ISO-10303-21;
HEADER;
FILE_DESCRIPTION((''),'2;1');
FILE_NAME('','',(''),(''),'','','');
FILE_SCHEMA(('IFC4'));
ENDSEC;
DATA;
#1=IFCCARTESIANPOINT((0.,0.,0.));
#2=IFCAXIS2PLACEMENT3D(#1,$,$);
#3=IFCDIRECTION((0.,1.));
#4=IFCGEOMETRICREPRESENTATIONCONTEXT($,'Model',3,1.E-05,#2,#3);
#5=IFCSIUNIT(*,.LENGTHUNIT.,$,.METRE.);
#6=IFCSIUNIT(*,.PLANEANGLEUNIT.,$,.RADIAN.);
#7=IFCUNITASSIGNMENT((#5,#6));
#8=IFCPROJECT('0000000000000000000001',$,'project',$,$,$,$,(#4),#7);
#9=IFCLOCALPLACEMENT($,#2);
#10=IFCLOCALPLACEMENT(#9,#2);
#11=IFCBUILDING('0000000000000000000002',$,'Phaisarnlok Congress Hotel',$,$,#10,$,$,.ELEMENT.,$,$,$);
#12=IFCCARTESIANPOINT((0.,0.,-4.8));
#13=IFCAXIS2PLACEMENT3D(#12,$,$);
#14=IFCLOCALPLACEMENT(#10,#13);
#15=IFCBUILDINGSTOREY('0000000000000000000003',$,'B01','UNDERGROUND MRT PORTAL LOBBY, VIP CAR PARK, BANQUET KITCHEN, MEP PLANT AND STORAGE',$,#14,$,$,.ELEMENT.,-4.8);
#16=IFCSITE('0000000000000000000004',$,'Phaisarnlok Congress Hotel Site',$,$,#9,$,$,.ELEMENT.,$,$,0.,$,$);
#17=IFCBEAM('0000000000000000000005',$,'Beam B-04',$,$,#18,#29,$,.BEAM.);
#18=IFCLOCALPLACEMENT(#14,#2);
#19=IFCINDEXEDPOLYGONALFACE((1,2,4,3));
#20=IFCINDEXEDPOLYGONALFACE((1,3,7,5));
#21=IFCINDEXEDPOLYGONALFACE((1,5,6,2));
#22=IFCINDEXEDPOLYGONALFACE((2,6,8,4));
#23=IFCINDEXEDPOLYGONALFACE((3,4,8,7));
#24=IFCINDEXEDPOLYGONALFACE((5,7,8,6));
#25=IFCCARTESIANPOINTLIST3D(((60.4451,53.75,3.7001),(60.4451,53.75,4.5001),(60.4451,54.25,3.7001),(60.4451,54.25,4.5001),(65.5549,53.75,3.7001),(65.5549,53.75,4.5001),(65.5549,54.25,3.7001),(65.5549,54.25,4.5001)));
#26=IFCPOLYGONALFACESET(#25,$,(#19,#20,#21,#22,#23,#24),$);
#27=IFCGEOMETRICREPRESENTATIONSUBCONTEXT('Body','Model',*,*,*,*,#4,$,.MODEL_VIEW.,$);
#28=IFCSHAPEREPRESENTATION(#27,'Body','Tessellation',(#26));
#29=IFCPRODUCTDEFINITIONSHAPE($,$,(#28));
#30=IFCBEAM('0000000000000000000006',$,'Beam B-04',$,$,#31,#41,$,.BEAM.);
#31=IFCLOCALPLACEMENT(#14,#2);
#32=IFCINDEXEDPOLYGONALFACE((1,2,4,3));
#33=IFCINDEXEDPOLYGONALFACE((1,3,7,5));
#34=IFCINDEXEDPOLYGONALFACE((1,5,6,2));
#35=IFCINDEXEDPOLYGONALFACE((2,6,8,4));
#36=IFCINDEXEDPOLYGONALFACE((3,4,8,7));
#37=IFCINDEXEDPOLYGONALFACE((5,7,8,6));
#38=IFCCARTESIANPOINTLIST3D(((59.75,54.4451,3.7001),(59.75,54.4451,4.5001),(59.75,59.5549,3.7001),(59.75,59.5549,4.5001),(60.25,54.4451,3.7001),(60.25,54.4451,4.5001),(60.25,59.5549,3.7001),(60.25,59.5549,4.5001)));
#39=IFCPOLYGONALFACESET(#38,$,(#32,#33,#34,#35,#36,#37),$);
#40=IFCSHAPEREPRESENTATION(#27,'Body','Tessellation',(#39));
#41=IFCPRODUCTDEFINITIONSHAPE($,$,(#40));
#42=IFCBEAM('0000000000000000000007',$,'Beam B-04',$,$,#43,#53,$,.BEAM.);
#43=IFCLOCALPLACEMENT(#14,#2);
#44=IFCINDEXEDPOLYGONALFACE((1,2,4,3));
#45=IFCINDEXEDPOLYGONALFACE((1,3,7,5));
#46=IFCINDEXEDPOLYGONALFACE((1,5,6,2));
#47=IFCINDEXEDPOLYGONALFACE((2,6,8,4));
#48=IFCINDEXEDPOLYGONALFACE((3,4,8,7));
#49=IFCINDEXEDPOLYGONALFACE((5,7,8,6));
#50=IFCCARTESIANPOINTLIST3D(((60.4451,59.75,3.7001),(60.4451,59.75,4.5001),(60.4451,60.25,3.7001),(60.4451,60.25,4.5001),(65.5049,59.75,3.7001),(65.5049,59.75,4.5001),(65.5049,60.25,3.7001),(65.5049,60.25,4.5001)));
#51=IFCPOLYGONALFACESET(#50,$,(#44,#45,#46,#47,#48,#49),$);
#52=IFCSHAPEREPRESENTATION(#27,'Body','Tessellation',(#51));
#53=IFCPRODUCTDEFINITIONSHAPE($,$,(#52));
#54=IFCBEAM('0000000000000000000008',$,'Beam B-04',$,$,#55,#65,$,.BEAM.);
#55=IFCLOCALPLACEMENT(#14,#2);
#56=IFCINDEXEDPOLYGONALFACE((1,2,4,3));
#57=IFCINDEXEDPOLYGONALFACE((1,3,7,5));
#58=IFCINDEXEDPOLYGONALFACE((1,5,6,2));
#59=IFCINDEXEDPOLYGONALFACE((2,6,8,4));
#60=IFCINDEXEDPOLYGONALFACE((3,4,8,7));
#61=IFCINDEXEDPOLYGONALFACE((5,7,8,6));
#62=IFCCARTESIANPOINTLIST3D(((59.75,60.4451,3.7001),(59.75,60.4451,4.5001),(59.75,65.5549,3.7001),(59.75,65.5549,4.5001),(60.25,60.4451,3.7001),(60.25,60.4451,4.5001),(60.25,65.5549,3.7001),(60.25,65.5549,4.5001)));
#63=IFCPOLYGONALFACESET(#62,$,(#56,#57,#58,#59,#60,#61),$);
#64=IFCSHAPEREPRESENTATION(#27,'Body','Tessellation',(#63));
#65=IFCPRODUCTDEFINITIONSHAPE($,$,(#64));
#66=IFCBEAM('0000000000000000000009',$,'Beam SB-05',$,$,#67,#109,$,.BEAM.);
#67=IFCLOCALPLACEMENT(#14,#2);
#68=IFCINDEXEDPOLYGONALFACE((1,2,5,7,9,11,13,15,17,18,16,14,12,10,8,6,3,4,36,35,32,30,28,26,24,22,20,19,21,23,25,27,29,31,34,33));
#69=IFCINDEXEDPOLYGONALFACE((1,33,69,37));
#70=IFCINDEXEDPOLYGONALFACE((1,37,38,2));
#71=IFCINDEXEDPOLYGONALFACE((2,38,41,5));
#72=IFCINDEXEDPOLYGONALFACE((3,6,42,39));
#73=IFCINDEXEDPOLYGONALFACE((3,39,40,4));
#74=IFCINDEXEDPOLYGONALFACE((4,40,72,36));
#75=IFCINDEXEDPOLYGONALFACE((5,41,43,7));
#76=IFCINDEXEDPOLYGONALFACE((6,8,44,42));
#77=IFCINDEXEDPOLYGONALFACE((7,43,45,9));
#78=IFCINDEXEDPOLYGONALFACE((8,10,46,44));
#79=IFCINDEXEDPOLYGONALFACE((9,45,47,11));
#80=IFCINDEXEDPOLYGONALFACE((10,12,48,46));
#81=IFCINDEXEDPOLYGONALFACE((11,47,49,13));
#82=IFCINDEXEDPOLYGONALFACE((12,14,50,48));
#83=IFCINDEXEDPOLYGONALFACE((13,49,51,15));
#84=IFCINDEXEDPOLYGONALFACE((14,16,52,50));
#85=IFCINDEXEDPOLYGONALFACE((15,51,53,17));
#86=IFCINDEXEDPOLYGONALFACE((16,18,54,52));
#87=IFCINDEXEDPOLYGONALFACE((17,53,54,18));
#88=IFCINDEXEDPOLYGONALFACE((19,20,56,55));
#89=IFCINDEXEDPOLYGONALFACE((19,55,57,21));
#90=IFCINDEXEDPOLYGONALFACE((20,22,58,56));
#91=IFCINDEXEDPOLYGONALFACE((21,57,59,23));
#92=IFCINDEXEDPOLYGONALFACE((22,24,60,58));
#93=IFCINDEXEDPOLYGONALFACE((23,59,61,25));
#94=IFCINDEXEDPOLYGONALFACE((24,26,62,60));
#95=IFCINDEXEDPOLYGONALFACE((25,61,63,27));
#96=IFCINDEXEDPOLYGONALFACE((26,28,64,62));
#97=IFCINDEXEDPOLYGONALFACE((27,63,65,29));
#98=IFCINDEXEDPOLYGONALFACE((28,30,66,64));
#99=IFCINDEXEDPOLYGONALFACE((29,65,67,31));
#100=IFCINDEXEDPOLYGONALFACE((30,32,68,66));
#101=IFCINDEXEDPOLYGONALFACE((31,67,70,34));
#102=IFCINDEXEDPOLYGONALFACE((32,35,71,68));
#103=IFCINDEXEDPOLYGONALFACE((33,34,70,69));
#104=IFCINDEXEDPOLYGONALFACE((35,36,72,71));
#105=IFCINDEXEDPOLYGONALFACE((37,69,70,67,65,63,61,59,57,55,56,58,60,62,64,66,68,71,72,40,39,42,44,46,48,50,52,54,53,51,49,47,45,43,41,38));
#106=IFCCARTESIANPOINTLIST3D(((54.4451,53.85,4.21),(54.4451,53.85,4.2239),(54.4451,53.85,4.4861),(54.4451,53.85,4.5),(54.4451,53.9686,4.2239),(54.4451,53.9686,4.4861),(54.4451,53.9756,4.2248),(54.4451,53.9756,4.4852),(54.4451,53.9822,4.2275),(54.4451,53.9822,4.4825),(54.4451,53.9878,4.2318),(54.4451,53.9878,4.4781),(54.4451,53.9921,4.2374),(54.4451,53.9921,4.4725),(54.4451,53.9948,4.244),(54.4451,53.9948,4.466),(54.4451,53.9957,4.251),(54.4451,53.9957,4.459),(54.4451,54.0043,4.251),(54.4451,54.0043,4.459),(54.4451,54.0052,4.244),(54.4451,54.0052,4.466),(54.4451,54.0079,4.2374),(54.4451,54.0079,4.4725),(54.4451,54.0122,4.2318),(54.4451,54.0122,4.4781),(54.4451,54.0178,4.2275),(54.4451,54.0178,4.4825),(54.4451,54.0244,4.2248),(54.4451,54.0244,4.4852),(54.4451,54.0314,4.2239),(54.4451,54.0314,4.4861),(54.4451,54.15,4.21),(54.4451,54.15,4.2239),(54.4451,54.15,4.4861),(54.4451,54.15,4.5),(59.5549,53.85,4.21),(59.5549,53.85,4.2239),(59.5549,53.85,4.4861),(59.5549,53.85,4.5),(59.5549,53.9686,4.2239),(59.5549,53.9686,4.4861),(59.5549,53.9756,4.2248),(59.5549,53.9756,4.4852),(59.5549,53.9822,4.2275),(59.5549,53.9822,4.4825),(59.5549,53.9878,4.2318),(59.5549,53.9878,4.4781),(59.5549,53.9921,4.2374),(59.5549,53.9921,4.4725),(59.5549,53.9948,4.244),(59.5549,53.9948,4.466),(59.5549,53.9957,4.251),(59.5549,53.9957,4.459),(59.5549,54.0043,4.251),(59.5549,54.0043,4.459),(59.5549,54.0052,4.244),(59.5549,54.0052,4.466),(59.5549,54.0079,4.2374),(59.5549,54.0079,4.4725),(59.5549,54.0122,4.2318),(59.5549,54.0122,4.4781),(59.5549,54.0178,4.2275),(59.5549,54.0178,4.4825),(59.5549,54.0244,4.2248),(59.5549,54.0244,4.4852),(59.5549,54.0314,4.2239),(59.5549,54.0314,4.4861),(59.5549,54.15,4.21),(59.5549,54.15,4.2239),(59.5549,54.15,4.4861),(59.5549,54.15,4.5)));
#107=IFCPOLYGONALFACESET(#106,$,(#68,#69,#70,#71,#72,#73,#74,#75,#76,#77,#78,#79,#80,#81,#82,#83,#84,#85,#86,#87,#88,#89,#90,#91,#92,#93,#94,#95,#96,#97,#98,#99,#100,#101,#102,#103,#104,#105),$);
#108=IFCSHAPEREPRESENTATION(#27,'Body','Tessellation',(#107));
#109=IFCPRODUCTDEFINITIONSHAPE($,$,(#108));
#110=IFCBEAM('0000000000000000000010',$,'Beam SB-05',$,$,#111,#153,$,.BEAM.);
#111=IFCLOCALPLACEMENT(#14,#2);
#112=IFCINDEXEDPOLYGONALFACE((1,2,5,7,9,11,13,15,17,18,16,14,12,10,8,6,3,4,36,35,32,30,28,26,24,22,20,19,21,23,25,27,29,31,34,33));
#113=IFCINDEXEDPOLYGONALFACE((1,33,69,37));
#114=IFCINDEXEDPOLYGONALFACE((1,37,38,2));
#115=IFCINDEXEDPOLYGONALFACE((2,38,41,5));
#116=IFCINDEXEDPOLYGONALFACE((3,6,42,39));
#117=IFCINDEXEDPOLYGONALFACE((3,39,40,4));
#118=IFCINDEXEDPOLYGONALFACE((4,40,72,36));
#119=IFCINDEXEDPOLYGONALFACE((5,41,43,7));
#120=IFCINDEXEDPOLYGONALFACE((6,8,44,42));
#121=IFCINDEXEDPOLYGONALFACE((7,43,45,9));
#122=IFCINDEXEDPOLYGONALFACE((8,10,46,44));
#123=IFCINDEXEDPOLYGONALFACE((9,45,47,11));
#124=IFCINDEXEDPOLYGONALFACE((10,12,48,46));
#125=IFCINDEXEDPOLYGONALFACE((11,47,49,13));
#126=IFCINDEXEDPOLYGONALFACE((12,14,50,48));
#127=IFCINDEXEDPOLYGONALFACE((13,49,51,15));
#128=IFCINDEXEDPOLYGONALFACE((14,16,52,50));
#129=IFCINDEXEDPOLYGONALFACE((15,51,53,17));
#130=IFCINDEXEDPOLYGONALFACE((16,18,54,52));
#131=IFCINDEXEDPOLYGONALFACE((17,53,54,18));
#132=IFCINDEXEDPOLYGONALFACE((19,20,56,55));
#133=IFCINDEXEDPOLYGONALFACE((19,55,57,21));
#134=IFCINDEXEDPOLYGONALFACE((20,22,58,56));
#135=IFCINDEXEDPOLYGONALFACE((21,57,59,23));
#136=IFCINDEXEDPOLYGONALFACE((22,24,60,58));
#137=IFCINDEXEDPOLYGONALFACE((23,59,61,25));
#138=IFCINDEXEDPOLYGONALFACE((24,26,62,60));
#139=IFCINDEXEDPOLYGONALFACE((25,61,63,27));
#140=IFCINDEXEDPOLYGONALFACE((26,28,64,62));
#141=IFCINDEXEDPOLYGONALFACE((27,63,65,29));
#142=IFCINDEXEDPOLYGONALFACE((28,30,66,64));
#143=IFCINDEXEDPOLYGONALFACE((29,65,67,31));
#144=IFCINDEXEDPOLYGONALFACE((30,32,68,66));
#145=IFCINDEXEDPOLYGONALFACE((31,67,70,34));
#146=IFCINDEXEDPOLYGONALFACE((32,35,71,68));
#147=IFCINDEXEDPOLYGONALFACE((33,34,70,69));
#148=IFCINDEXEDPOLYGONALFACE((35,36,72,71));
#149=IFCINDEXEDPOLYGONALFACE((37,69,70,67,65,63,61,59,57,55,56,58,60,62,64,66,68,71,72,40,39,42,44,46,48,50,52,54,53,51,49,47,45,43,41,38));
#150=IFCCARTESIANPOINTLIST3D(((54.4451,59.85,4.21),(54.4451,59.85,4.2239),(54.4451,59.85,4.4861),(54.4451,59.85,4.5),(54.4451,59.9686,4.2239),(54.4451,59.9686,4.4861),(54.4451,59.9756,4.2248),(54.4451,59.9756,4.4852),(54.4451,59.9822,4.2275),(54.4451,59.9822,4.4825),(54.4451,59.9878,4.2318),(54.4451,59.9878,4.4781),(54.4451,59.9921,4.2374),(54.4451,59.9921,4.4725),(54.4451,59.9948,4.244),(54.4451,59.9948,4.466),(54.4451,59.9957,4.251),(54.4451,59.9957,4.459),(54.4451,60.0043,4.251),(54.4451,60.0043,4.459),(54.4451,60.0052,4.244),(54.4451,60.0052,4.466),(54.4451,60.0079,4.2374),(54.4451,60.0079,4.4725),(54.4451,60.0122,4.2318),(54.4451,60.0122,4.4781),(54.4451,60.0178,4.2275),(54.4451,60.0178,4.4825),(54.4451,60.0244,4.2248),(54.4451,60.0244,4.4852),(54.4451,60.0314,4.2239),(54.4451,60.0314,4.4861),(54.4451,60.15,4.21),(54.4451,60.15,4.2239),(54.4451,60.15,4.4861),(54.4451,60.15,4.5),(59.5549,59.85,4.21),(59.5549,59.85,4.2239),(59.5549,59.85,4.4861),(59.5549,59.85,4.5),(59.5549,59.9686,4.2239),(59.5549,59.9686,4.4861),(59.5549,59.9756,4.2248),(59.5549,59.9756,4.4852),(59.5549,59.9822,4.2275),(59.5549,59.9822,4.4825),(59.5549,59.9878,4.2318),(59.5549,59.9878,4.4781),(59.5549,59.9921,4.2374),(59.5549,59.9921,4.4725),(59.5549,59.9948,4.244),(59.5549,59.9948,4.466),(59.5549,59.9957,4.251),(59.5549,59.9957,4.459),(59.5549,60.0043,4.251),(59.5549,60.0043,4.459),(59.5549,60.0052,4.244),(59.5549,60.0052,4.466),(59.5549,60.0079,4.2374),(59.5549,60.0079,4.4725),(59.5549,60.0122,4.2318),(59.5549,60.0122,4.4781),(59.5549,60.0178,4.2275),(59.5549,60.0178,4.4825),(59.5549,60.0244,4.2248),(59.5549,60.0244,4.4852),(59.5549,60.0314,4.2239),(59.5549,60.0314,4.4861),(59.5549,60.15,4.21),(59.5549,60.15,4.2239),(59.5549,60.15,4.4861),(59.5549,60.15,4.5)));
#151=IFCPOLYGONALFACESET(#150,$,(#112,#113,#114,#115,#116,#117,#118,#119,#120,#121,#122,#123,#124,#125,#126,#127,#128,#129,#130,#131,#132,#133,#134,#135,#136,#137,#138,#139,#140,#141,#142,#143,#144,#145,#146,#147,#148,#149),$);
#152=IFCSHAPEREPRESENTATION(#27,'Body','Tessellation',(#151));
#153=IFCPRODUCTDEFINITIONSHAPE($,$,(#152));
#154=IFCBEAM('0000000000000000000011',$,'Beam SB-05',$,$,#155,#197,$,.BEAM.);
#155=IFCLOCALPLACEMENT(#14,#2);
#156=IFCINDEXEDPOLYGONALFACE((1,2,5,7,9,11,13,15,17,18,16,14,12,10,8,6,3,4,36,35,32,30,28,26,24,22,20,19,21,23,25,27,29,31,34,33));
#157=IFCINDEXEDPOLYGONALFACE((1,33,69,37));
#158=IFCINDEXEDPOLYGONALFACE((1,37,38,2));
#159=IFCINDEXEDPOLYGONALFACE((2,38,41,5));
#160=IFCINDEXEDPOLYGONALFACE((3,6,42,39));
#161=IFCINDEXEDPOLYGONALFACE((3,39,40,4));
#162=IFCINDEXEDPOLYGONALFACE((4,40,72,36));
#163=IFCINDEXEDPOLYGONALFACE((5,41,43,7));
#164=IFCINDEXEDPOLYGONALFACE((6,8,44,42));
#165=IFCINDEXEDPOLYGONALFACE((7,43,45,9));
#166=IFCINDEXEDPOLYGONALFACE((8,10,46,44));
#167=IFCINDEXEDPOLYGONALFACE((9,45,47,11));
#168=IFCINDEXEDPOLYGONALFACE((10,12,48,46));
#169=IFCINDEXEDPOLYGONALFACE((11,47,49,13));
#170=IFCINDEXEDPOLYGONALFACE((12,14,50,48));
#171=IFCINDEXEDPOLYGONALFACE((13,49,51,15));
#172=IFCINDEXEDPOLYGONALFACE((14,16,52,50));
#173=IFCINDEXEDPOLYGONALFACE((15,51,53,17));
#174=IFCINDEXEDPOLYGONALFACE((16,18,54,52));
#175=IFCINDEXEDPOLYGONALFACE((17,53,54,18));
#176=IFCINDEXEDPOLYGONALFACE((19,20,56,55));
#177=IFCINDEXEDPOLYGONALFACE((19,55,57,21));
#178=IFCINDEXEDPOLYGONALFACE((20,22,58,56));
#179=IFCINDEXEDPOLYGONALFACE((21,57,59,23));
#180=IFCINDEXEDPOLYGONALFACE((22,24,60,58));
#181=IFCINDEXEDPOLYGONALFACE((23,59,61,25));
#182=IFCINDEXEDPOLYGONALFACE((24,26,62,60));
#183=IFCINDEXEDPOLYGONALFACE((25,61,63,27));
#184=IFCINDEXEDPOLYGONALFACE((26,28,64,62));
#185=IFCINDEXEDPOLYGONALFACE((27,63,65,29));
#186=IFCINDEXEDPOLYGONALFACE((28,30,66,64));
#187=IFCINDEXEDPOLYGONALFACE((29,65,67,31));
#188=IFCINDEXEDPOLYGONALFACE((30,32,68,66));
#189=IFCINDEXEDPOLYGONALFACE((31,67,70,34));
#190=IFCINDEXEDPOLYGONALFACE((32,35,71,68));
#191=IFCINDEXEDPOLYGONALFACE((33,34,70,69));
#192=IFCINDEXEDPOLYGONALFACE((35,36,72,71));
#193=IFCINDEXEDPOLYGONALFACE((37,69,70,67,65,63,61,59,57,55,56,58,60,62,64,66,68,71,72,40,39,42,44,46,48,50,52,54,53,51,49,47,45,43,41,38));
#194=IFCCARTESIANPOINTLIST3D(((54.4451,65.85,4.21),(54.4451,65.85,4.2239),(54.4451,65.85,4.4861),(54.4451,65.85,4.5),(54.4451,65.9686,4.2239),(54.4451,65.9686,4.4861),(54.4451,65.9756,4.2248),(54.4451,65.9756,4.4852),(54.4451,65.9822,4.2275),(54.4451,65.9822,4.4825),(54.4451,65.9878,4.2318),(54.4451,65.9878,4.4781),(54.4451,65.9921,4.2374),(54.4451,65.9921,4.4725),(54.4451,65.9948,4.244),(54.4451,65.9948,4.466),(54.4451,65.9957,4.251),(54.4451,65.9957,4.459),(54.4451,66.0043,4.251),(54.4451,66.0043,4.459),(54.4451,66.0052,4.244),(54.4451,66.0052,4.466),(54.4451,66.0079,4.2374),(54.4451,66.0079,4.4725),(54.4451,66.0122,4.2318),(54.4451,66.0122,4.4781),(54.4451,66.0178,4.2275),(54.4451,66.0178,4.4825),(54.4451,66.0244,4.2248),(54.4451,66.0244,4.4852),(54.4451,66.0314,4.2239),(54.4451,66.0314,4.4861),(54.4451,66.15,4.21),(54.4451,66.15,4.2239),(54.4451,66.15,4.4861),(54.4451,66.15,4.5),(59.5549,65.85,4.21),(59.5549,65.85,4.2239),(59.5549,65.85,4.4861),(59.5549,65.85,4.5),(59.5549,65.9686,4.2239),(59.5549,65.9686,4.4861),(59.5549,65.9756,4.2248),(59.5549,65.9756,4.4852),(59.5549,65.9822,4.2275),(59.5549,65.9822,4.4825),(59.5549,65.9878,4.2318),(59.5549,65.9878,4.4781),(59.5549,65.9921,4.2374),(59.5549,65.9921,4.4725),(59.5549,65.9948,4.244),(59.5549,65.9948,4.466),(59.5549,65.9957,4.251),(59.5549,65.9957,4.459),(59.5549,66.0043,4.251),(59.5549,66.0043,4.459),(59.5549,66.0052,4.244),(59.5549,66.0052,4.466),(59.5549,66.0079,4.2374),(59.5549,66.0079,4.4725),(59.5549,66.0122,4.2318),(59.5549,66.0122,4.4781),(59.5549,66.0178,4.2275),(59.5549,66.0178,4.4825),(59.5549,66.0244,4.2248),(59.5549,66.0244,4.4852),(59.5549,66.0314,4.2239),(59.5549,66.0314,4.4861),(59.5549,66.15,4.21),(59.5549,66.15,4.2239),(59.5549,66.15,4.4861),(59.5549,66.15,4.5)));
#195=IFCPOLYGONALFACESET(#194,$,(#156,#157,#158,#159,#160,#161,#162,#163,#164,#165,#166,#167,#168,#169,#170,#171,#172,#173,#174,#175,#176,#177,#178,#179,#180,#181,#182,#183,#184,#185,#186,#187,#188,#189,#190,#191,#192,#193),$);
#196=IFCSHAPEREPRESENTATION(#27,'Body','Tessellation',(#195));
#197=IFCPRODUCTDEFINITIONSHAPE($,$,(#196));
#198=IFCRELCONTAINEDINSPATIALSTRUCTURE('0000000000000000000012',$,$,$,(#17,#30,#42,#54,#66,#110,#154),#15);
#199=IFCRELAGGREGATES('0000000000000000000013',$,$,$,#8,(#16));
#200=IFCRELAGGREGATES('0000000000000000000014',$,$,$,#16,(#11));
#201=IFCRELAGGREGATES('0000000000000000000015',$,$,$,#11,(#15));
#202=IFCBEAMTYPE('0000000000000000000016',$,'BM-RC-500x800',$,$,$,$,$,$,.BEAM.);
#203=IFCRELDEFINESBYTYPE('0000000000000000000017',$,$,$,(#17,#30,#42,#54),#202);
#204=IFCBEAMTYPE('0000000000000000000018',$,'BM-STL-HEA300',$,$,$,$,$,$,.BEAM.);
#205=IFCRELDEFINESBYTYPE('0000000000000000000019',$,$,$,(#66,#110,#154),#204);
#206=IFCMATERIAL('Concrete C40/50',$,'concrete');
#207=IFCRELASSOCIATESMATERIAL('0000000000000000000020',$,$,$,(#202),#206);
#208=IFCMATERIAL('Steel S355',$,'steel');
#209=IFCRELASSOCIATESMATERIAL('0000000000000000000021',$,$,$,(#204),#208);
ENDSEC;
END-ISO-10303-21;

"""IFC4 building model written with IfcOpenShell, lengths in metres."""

from ifc_helpers import new_model, si_unit, direction, frame, origin, origin_2d, place, context, subcontext, project, spatial, rectangle, i_section, extrude, material, material_profile, profile_set, type_object, element, save


model = new_model("IFC4")

# Units and contexts
model_context = context("Model", 3, precision=1e-05, world=origin(), true_north=direction((0.0, 1.0)))
body_context = subcontext(model_context, "Body", "Model", "MODEL_VIEW")
ifc_project = project(units=[si_unit("LENGTHUNIT", "METRE"), si_unit("PLANEANGLEUNIT", "RADIAN")], contexts=[model_context])

# Site, building, storey
site_placement = place(None, origin())
site = spatial("IfcSite", under=ifc_project, at=site_placement, Name="Phaisarnlok Congress Hotel Site", CompositionType="ELEMENT", RefElevation=0.0)
building_placement = place(site_placement, origin())
building = spatial("IfcBuilding", under=site, at=building_placement, Name="Phaisarnlok Congress Hotel", CompositionType="ELEMENT")
storey_placement = place(building_placement, frame((0.0, 0.0, -4.8)))
storey = spatial("IfcBuildingStorey", under=building, at=storey_placement, Name="B01", Description="UNDERGROUND MRT PORTAL LOBBY, VIP CAR PARK, BANQUET KITCHEN, MEP PLANT AND STORAGE", CompositionType="ELEMENT", Elevation=-4.8)

# Shared definitions
ifc_material_1 = material(Name="Concrete C40/50", Category="concrete")

# Beams
ifc_material_profile_1 = material_profile(ifc_material_1, rectangle(XDim=0.5, YDim=0.8, at=origin_2d()), Name="RC 500x800")
ifc_profile_set_1 = profile_set([ifc_material_profile_1], Name="Concrete C40/50")
beam_type_1 = type_object("IfcBeamType", Name="BM-RC-500x800", PredefinedType="BEAM", material=ifc_profile_set_1)
for number, where, z_axis, x_axis, name in (
    (1, (60.4451, 54.0, 4.1001), (1.0, 0.0, 0.0), (0.0, 1.0, 0.0), "Beam B-04"),
    (2, (60.0, 54.4451, 4.1001), (0.0, 1.0, 0.0), (-1.0, 0.0, 0.0), "Beam B-04"),
):
    element("IfcBeam", number, at=place(storey_placement, frame(where, z_axis=z_axis, x_axis=x_axis)), inside=storey, type_object=beam_type_1, Name=name, PredefinedType="BEAM", context=body_context, shape_type="SweptSolid", body=[
        extrude(rectangle(XDim=0.5, YDim=0.8, at=origin_2d()), origin(), (0.0, 0.0, 1.0), 5.1099),
    ])
beam_1_placement = place(storey_placement, frame((60.4451, 60.0, 4.1001), z_axis=(1.0, 0.0, 0.0), x_axis=(0.0, 1.0, 0.0)))
element("IfcBeam", 3, at=beam_1_placement, inside=storey, type_object=beam_type_1, Name="Beam B-04", PredefinedType="BEAM", context=body_context, shape_type="SweptSolid", body=[
    extrude(rectangle(XDim=0.5, YDim=0.8, at=origin_2d()), origin(), (0.0, 0.0, 1.0), 5.0598),
])
beam_2_placement = place(storey_placement, frame((60.0, 60.4451, 4.1001), z_axis=(0.0, 1.0, 0.0), x_axis=(-1.0, 0.0, 0.0)))
element("IfcBeam", 4, at=beam_2_placement, inside=storey, type_object=beam_type_1, Name="Beam B-04", PredefinedType="BEAM", context=body_context, shape_type="SweptSolid", body=[
    extrude(rectangle(XDim=0.5, YDim=0.8, at=origin_2d()), origin(), (0.0, 0.0, 1.0), 5.1099),
])
ifc_material_2 = material(Name="Steel S355", Category="steel")
ifc_material_profile_2 = material_profile(ifc_material_2, i_section(OverallWidth=0.3, OverallDepth=0.29, WebThickness=0.0085, FlangeThickness=0.0139, FilletRadius=0.0271, at=origin_2d()), Name="HEA 300")
ifc_profile_set_2 = profile_set([ifc_material_profile_2], Name="Steel S355")
beam_type_2 = type_object("IfcBeamType", Name="BM-STL-HEA300", PredefinedType="BEAM", material=ifc_profile_set_2)
for number, where, z_axis, x_axis, name in (
    (5, (54.4451, 54.0, 4.355), (1.0, 0.0, 0.0), (0.0, 1.0, 0.0), "Beam SB-05"),
    (6, (54.4451, 60.0, 4.355), (1.0, 0.0, 0.0), (0.0, 1.0, 0.0), "Beam SB-05"),
    (7, (54.4451, 66.0, 4.355), (1.0, 0.0, 0.0), (0.0, 1.0, 0.0), "Beam SB-05"),
):
    element("IfcBeam", number, at=place(storey_placement, frame(where, z_axis=z_axis, x_axis=x_axis)), inside=storey, type_object=beam_type_2, Name=name, PredefinedType="BEAM", context=body_context, shape_type="SweptSolid", body=[
        extrude(i_section(OverallWidth=0.3, OverallDepth=0.29, WebThickness=0.0085, FlangeThickness=0.0139, FilletRadius=0.0271, at=origin_2d()), origin(), (0.0, 0.0, 1.0), 5.1099),
    ])

save(model, "model.ifc")
